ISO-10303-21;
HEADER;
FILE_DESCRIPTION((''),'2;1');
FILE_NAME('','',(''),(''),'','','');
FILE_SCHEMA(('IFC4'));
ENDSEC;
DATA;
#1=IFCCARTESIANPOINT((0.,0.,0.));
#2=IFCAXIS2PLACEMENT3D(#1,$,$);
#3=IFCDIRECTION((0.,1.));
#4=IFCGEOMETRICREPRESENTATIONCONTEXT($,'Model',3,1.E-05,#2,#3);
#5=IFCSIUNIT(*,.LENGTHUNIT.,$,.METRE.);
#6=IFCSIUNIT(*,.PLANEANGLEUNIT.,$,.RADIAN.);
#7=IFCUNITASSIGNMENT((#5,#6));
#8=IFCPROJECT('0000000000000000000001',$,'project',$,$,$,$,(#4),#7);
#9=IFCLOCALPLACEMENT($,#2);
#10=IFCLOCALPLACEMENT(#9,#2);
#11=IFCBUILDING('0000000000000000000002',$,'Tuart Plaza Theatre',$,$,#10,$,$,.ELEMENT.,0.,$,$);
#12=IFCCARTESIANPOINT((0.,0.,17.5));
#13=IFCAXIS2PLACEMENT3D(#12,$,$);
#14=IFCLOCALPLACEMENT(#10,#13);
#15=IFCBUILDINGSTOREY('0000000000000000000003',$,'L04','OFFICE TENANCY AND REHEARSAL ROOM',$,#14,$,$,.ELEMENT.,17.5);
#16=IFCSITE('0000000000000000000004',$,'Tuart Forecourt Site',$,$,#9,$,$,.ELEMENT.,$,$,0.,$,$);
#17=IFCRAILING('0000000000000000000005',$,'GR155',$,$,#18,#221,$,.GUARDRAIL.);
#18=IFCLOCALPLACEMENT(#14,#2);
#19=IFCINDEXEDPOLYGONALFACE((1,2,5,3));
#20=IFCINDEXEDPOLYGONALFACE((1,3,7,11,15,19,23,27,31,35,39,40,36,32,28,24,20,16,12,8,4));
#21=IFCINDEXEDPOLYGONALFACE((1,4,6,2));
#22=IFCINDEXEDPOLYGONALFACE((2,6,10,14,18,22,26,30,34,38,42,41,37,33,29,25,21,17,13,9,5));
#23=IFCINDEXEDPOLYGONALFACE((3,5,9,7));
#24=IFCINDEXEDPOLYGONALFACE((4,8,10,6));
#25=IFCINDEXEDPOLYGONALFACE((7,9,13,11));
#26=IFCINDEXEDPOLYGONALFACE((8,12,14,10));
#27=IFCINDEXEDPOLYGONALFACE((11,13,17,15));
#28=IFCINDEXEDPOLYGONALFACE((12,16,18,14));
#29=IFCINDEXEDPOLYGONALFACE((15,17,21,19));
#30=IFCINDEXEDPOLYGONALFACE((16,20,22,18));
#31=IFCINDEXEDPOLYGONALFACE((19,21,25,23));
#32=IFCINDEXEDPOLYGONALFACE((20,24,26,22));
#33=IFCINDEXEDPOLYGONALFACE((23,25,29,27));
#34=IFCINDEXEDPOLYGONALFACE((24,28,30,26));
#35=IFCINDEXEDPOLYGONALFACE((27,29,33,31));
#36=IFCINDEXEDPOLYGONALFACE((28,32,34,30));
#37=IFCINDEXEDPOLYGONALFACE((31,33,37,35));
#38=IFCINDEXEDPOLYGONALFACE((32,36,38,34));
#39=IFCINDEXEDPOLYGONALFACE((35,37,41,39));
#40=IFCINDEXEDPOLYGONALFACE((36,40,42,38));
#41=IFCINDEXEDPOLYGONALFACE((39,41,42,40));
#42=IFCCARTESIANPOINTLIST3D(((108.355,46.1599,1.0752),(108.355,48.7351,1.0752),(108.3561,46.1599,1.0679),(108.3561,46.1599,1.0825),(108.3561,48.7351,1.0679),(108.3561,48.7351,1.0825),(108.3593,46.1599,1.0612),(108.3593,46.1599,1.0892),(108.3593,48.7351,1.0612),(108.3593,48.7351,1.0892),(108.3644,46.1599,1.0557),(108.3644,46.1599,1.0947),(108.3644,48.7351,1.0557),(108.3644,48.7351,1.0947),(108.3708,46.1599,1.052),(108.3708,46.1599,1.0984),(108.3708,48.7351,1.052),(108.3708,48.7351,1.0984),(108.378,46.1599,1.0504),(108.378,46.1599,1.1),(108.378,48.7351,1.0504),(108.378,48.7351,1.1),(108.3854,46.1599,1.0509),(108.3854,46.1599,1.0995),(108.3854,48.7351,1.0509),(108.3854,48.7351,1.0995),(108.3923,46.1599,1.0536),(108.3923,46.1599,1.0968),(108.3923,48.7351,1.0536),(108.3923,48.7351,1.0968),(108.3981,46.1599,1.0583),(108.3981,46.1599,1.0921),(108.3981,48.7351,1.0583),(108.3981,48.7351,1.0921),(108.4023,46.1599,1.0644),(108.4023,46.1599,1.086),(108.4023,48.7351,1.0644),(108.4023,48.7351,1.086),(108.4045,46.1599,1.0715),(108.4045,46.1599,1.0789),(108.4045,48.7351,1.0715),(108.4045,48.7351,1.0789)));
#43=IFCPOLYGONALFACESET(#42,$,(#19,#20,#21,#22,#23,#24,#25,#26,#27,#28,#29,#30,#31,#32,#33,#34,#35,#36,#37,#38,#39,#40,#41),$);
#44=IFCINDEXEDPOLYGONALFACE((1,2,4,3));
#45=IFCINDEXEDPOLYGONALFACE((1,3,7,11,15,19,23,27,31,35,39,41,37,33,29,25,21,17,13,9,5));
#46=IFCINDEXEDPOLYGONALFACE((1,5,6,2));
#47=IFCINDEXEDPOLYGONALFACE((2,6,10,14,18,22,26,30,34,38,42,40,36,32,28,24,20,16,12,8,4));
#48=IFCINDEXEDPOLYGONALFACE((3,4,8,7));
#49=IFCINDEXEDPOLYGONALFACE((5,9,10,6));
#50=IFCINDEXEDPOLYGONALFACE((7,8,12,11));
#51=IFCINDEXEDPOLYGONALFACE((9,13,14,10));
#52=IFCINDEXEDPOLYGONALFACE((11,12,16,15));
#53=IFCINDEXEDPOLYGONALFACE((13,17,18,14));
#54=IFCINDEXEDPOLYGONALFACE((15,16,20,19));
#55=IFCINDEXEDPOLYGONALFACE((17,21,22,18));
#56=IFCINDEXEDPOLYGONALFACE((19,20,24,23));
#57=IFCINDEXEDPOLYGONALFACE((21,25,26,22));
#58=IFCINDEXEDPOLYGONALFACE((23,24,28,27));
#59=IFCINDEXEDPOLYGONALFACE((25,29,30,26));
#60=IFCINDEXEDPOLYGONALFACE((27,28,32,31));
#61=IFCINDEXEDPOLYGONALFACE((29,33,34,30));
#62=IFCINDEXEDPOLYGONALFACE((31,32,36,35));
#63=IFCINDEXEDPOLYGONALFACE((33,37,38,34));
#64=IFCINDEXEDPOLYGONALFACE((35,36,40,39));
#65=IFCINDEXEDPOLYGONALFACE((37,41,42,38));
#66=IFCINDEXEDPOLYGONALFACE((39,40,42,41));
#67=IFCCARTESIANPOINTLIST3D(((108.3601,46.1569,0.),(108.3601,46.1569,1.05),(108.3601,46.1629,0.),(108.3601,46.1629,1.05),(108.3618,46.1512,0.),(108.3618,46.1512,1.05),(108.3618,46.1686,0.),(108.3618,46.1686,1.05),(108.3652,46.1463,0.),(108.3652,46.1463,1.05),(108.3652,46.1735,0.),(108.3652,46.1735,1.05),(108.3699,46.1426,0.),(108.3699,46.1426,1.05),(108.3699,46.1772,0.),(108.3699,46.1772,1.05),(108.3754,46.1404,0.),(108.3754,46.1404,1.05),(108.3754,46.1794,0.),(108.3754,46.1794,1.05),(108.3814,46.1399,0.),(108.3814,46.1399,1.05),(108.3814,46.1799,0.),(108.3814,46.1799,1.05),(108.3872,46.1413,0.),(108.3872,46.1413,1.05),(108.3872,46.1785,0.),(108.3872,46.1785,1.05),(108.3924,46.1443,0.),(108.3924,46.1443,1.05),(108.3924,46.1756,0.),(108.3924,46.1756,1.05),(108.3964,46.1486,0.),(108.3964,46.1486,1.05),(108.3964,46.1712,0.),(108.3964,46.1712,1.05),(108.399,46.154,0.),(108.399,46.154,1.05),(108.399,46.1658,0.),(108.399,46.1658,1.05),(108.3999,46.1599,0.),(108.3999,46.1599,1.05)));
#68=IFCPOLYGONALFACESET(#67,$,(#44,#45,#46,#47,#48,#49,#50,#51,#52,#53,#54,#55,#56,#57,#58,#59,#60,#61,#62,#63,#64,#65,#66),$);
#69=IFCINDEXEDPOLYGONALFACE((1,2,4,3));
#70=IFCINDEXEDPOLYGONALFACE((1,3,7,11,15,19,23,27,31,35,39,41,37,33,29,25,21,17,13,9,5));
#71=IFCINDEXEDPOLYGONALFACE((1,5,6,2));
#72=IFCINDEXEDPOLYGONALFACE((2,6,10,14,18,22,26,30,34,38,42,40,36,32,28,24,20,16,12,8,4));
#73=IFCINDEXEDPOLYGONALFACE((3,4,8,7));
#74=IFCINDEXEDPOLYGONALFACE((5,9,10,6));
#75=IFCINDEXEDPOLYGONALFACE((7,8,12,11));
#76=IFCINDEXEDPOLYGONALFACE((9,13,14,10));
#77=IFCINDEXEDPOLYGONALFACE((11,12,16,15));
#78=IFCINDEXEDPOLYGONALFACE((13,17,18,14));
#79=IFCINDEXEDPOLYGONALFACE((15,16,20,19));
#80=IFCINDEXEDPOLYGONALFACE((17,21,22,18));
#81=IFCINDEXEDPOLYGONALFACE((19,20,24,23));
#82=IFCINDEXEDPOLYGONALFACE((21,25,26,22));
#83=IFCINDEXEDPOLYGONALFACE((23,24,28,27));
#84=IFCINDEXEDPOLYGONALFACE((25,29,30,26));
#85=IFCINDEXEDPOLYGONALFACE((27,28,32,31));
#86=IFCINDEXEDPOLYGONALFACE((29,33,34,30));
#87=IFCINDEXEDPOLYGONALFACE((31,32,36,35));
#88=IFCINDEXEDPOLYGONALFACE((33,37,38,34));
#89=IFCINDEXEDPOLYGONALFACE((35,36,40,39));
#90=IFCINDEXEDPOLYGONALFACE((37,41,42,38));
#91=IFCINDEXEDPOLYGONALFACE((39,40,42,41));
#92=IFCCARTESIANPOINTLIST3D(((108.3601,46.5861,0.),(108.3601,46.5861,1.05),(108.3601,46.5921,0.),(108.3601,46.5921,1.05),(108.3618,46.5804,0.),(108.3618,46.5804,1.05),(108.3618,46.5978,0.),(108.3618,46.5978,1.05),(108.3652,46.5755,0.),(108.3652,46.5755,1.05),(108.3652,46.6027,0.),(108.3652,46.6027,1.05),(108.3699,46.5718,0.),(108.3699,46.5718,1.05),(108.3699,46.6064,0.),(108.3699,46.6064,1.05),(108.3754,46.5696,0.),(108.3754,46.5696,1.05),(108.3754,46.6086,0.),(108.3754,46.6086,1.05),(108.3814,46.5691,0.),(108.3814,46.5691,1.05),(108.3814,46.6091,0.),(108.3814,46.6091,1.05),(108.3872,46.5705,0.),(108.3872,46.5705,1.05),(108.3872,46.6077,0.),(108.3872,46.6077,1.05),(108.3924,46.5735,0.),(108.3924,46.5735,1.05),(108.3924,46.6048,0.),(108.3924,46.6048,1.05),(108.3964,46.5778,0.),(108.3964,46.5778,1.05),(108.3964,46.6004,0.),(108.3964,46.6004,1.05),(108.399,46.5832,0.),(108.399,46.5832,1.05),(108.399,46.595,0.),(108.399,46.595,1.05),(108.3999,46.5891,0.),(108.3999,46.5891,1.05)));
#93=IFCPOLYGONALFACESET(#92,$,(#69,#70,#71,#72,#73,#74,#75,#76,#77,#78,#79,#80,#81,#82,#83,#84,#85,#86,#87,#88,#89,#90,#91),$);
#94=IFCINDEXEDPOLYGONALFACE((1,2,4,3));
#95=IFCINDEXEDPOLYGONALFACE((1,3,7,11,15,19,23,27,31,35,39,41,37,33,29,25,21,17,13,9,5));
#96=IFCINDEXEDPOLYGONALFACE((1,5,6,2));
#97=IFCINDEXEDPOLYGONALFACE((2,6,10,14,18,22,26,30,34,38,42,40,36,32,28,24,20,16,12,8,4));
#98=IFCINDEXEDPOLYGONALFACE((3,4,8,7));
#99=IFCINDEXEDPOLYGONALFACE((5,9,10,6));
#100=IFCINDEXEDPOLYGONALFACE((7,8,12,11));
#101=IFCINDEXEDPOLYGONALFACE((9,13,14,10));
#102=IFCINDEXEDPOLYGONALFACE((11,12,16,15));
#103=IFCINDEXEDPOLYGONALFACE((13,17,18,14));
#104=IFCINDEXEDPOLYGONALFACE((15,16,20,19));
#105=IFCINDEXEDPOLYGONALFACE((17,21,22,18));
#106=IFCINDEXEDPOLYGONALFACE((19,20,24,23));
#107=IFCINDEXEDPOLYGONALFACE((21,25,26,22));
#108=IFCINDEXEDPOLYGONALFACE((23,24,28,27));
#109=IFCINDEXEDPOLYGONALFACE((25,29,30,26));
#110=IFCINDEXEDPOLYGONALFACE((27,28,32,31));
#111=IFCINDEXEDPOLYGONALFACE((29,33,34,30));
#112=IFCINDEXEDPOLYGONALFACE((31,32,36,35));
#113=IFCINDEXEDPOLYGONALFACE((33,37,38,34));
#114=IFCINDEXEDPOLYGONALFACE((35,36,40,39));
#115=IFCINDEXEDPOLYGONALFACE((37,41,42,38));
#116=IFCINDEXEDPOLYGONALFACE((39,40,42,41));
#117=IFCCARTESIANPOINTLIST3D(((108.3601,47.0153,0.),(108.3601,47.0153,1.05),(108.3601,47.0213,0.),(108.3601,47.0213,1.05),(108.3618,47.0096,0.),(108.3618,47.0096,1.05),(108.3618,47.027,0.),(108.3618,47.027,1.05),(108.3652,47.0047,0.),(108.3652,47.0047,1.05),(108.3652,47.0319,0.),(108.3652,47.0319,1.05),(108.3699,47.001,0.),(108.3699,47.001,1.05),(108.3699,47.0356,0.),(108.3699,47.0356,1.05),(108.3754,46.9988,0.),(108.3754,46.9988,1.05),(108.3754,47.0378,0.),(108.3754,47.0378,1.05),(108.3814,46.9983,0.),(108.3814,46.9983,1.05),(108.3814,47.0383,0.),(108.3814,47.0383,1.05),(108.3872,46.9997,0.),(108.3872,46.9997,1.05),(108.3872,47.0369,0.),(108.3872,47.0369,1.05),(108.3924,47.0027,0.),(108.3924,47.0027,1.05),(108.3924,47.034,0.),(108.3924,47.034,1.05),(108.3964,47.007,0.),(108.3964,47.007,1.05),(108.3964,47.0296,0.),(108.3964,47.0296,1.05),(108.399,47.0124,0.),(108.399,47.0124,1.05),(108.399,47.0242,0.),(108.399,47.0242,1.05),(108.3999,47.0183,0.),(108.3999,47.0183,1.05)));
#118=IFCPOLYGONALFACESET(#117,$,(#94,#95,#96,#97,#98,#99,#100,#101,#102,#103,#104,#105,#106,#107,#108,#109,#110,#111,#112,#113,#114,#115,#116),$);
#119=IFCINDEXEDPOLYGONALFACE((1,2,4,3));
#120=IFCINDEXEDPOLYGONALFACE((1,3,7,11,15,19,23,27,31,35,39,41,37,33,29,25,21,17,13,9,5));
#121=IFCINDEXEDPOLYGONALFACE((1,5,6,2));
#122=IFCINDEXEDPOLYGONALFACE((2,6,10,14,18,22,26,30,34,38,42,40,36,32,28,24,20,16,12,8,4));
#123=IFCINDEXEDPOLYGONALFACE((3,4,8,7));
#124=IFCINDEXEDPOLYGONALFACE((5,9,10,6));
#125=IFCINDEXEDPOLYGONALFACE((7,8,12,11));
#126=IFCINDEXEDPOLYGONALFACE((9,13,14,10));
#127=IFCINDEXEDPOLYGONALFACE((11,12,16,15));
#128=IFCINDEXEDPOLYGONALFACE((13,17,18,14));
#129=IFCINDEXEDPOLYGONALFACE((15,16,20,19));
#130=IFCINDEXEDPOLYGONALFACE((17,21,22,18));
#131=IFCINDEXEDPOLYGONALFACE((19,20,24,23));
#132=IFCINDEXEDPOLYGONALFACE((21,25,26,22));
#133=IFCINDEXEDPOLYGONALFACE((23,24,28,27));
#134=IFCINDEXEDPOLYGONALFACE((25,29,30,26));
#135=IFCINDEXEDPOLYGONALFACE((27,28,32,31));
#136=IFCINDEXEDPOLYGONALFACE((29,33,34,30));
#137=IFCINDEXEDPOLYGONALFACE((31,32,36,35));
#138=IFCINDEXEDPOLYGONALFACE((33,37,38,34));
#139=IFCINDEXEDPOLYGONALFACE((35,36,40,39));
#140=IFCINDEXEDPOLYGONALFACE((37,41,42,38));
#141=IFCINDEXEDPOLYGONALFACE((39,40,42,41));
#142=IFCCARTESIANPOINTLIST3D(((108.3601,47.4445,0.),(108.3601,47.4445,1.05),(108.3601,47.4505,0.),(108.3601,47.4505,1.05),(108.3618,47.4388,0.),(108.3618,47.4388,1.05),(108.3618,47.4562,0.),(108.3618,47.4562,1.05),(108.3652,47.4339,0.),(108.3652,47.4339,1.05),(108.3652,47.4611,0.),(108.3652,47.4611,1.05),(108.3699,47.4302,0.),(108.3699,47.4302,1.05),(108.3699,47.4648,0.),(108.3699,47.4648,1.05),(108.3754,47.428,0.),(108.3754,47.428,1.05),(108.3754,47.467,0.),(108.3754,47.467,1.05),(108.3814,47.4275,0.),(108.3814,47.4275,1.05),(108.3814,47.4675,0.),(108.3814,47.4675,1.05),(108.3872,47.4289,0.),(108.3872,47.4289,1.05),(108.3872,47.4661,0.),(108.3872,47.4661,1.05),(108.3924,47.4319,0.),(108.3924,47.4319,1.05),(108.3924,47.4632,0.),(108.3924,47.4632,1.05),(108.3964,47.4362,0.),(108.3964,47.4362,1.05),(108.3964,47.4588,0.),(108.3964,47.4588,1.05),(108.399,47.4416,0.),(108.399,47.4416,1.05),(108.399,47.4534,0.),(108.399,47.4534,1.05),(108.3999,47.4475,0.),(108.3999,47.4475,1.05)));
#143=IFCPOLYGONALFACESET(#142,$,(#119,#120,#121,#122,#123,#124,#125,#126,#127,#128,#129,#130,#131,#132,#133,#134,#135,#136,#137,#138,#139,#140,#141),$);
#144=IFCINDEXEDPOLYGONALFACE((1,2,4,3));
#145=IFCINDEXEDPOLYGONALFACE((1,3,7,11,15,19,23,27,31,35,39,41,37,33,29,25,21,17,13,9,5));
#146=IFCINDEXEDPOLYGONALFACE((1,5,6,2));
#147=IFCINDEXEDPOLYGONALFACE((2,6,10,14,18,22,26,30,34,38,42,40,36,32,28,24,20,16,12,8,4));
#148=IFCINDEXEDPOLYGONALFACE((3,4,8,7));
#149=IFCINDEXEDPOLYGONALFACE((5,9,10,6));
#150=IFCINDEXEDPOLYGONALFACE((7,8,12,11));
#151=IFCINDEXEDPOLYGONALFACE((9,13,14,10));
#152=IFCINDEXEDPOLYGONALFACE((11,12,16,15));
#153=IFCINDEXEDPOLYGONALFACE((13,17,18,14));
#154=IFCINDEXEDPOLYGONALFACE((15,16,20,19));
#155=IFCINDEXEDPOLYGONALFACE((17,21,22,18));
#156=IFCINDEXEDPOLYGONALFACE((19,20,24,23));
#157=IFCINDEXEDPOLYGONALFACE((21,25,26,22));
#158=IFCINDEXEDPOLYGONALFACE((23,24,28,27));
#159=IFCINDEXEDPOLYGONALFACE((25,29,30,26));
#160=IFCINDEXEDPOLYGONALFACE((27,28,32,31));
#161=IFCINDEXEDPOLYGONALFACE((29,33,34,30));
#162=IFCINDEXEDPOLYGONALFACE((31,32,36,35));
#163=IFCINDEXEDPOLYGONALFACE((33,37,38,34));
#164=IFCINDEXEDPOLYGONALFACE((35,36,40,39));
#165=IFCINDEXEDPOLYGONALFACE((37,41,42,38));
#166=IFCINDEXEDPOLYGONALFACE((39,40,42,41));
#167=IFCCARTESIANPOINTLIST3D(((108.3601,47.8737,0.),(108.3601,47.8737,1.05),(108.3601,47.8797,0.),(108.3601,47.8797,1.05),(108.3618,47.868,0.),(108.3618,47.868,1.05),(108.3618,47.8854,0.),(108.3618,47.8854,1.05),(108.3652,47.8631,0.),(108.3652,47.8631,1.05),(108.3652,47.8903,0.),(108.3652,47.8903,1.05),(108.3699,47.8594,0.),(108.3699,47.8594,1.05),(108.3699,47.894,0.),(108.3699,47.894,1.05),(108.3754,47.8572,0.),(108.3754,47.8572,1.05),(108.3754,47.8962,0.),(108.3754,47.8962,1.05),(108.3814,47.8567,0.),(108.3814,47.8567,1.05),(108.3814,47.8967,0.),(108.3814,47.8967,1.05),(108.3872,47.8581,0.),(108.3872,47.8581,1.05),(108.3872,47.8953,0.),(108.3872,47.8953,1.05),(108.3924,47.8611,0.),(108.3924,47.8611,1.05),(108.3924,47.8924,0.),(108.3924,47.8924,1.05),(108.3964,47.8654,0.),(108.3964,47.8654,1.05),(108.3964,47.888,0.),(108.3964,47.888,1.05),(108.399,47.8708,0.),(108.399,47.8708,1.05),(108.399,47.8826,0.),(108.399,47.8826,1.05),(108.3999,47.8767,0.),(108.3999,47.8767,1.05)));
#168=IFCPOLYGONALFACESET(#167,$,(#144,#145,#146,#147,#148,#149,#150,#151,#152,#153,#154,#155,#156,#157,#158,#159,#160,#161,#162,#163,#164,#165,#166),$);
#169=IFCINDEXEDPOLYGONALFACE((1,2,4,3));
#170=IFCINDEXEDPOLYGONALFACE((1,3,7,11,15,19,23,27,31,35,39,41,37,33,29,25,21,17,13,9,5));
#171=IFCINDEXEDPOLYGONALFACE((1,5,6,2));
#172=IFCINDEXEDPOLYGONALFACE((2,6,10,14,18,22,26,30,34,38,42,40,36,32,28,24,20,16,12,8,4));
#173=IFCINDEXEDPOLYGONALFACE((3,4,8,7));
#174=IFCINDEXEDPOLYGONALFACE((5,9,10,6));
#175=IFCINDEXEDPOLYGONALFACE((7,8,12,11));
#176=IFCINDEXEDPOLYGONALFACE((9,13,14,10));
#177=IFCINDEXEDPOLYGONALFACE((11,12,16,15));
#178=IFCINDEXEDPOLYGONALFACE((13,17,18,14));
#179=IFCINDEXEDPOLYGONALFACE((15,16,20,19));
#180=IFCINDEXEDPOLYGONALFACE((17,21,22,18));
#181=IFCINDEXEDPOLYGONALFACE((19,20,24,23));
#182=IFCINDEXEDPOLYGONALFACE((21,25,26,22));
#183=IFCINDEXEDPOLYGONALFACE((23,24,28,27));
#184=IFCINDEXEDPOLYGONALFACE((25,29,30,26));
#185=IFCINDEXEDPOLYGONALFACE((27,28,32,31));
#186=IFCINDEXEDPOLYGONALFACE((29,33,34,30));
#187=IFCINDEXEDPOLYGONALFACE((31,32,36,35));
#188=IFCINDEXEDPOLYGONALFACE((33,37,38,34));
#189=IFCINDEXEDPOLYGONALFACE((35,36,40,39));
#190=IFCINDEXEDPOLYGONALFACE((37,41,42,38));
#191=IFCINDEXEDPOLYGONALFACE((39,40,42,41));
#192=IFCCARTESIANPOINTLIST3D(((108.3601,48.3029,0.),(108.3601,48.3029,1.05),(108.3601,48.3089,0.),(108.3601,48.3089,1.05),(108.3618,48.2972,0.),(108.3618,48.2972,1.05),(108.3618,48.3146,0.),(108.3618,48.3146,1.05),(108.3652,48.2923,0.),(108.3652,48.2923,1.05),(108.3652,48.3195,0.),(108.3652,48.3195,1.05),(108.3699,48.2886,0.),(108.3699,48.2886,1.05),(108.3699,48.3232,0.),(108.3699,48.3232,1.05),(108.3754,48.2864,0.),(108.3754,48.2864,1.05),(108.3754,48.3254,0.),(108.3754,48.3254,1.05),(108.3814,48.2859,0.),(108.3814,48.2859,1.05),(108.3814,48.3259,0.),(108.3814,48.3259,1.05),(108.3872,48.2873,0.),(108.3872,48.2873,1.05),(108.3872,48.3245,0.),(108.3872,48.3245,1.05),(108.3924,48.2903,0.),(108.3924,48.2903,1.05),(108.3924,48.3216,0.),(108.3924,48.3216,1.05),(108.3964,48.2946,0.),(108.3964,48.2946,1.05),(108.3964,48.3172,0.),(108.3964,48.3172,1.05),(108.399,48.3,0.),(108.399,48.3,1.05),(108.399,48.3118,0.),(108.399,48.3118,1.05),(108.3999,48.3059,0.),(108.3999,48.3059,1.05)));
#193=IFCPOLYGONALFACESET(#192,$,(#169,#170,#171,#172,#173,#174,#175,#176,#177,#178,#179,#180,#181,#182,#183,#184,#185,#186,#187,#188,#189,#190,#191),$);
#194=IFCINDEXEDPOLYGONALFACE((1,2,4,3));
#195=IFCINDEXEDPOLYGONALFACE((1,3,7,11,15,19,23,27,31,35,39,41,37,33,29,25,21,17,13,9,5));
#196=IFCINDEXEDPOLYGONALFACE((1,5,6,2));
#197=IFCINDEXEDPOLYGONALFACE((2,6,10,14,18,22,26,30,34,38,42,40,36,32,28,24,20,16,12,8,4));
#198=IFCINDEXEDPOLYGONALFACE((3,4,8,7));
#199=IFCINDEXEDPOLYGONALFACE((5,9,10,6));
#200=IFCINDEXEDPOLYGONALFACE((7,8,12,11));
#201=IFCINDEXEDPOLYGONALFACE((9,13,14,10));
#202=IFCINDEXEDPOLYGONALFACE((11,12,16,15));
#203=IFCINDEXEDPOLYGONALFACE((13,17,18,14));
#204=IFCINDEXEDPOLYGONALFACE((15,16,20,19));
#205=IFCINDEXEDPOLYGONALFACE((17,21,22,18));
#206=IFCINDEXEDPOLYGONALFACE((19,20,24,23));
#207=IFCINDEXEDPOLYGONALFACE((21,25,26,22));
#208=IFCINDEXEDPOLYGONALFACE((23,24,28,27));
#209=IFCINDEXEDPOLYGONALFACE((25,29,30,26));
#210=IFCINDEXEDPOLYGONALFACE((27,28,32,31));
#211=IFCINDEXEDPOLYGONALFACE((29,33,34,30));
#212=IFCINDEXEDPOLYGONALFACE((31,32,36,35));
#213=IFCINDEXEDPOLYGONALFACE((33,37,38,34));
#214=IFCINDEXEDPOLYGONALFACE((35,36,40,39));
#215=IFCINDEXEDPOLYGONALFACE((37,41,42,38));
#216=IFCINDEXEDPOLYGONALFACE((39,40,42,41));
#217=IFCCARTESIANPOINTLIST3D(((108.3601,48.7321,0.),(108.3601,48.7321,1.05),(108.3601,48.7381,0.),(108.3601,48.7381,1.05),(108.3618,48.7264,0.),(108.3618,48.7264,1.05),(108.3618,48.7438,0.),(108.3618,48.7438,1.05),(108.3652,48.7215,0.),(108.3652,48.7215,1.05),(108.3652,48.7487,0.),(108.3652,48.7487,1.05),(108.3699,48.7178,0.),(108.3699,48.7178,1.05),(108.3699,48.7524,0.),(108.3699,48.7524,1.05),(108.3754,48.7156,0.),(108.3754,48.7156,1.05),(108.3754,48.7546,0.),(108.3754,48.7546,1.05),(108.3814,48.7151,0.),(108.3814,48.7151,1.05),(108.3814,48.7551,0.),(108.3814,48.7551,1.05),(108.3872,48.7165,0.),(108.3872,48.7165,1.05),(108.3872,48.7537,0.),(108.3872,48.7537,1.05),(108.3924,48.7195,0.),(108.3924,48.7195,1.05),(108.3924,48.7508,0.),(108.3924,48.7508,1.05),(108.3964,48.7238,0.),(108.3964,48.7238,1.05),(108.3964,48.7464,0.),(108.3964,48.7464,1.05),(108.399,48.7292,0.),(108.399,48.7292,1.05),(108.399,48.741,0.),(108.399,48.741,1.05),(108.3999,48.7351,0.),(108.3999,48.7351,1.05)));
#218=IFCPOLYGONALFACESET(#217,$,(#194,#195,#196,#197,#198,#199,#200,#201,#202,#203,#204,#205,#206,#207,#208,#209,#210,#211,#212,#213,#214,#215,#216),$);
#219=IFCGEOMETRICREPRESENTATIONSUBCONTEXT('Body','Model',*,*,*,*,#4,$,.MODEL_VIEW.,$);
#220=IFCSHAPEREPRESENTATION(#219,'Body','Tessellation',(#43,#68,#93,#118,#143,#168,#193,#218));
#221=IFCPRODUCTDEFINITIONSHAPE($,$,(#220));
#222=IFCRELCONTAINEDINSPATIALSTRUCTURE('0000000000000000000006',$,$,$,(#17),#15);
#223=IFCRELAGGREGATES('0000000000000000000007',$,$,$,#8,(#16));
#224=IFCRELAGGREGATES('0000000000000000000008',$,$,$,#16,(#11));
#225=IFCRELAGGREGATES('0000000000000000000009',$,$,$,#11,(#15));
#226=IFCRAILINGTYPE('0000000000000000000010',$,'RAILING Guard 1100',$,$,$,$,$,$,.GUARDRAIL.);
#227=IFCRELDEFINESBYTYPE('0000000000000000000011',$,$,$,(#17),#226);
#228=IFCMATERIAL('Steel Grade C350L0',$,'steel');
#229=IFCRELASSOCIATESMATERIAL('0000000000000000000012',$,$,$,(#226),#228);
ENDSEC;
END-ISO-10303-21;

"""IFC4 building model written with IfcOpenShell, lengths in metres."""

from ifc_helpers import new_model, si_unit, direction, frame, origin, origin_2d, place, context, subcontext, project, spatial, circle, extrude, material, type_object, element, save


model = new_model("IFC4")

# Units and contexts
model_context = context("Model", 3, precision=1e-05, world=origin(), true_north=direction((0.0, 1.0)))
body_context = subcontext(model_context, "Body", "Model", "MODEL_VIEW")
ifc_project = project(units=[si_unit("LENGTHUNIT", "METRE"), si_unit("PLANEANGLEUNIT", "RADIAN")], contexts=[model_context])

# Site, building, storey
site_placement = place(None, origin())
site = spatial("IfcSite", under=ifc_project, at=site_placement, Name="Tuart Forecourt Site", CompositionType="ELEMENT", RefElevation=0.0)
building_placement = place(site_placement, origin())
building = spatial("IfcBuilding", under=site, at=building_placement, Name="Tuart Plaza Theatre", CompositionType="ELEMENT", ElevationOfRefHeight=0.0)
storey_placement = place(building_placement, frame((0.0, 0.0, 17.5)))
storey = spatial("IfcBuildingStorey", under=building, at=storey_placement, Name="L04", Description="OFFICE TENANCY AND REHEARSAL ROOM", CompositionType="ELEMENT", Elevation=17.5)

# Railing
ifc_material_1 = material(Name="Steel Grade C350L0", Category="steel")
railing_type = type_object("IfcRailingType", Name="RAILING Guard 1100", PredefinedType="GUARDRAIL", material=ifc_material_1)
railing_1_placement = place(storey_placement, frame((108.3799, 46.1599, 0.0)))
element("IfcRailing", 1, at=railing_1_placement, inside=storey, type_object=railing_type, Name="GR155", PredefinedType="GUARDRAIL", context=body_context, shape_type="SweptSolid", body=[
    extrude(circle(Radius=0.0249, at=origin_2d()), frame((0.0, 0.0, 1.0752), z_axis=(0.0, 1.0, 0.0), x_axis=(-1.0, 0.0, 0.0)), (0.0, 0.0, 1.0), 2.5752),
    extrude(circle(Radius=0.02, at=origin_2d()), origin(), (0.0, 0.0, 1.0), 1.05),
    extrude(circle(Radius=0.02, at=origin_2d()), frame((0.0, 0.4292, 0.0)), (0.0, 0.0, 1.0), 1.05),
    extrude(circle(Radius=0.02, at=origin_2d()), frame((0.0, 0.8584, 0.0)), (0.0, 0.0, 1.0), 1.05),
    extrude(circle(Radius=0.02, at=origin_2d()), frame((0.0, 1.2876, 0.0)), (0.0, 0.0, 1.0), 1.05),
    extrude(circle(Radius=0.02, at=origin_2d()), frame((0.0, 1.7168, 0.0)), (0.0, 0.0, 1.0), 1.05),
    extrude(circle(Radius=0.02, at=origin_2d()), frame((0.0, 2.146, 0.0)), (0.0, 0.0, 1.0), 1.05),
    extrude(circle(Radius=0.02, at=origin_2d()), frame((0.0, 2.5752, 0.0)), (0.0, 0.0, 1.0), 1.05),
])

save(model, "model.ifc")
